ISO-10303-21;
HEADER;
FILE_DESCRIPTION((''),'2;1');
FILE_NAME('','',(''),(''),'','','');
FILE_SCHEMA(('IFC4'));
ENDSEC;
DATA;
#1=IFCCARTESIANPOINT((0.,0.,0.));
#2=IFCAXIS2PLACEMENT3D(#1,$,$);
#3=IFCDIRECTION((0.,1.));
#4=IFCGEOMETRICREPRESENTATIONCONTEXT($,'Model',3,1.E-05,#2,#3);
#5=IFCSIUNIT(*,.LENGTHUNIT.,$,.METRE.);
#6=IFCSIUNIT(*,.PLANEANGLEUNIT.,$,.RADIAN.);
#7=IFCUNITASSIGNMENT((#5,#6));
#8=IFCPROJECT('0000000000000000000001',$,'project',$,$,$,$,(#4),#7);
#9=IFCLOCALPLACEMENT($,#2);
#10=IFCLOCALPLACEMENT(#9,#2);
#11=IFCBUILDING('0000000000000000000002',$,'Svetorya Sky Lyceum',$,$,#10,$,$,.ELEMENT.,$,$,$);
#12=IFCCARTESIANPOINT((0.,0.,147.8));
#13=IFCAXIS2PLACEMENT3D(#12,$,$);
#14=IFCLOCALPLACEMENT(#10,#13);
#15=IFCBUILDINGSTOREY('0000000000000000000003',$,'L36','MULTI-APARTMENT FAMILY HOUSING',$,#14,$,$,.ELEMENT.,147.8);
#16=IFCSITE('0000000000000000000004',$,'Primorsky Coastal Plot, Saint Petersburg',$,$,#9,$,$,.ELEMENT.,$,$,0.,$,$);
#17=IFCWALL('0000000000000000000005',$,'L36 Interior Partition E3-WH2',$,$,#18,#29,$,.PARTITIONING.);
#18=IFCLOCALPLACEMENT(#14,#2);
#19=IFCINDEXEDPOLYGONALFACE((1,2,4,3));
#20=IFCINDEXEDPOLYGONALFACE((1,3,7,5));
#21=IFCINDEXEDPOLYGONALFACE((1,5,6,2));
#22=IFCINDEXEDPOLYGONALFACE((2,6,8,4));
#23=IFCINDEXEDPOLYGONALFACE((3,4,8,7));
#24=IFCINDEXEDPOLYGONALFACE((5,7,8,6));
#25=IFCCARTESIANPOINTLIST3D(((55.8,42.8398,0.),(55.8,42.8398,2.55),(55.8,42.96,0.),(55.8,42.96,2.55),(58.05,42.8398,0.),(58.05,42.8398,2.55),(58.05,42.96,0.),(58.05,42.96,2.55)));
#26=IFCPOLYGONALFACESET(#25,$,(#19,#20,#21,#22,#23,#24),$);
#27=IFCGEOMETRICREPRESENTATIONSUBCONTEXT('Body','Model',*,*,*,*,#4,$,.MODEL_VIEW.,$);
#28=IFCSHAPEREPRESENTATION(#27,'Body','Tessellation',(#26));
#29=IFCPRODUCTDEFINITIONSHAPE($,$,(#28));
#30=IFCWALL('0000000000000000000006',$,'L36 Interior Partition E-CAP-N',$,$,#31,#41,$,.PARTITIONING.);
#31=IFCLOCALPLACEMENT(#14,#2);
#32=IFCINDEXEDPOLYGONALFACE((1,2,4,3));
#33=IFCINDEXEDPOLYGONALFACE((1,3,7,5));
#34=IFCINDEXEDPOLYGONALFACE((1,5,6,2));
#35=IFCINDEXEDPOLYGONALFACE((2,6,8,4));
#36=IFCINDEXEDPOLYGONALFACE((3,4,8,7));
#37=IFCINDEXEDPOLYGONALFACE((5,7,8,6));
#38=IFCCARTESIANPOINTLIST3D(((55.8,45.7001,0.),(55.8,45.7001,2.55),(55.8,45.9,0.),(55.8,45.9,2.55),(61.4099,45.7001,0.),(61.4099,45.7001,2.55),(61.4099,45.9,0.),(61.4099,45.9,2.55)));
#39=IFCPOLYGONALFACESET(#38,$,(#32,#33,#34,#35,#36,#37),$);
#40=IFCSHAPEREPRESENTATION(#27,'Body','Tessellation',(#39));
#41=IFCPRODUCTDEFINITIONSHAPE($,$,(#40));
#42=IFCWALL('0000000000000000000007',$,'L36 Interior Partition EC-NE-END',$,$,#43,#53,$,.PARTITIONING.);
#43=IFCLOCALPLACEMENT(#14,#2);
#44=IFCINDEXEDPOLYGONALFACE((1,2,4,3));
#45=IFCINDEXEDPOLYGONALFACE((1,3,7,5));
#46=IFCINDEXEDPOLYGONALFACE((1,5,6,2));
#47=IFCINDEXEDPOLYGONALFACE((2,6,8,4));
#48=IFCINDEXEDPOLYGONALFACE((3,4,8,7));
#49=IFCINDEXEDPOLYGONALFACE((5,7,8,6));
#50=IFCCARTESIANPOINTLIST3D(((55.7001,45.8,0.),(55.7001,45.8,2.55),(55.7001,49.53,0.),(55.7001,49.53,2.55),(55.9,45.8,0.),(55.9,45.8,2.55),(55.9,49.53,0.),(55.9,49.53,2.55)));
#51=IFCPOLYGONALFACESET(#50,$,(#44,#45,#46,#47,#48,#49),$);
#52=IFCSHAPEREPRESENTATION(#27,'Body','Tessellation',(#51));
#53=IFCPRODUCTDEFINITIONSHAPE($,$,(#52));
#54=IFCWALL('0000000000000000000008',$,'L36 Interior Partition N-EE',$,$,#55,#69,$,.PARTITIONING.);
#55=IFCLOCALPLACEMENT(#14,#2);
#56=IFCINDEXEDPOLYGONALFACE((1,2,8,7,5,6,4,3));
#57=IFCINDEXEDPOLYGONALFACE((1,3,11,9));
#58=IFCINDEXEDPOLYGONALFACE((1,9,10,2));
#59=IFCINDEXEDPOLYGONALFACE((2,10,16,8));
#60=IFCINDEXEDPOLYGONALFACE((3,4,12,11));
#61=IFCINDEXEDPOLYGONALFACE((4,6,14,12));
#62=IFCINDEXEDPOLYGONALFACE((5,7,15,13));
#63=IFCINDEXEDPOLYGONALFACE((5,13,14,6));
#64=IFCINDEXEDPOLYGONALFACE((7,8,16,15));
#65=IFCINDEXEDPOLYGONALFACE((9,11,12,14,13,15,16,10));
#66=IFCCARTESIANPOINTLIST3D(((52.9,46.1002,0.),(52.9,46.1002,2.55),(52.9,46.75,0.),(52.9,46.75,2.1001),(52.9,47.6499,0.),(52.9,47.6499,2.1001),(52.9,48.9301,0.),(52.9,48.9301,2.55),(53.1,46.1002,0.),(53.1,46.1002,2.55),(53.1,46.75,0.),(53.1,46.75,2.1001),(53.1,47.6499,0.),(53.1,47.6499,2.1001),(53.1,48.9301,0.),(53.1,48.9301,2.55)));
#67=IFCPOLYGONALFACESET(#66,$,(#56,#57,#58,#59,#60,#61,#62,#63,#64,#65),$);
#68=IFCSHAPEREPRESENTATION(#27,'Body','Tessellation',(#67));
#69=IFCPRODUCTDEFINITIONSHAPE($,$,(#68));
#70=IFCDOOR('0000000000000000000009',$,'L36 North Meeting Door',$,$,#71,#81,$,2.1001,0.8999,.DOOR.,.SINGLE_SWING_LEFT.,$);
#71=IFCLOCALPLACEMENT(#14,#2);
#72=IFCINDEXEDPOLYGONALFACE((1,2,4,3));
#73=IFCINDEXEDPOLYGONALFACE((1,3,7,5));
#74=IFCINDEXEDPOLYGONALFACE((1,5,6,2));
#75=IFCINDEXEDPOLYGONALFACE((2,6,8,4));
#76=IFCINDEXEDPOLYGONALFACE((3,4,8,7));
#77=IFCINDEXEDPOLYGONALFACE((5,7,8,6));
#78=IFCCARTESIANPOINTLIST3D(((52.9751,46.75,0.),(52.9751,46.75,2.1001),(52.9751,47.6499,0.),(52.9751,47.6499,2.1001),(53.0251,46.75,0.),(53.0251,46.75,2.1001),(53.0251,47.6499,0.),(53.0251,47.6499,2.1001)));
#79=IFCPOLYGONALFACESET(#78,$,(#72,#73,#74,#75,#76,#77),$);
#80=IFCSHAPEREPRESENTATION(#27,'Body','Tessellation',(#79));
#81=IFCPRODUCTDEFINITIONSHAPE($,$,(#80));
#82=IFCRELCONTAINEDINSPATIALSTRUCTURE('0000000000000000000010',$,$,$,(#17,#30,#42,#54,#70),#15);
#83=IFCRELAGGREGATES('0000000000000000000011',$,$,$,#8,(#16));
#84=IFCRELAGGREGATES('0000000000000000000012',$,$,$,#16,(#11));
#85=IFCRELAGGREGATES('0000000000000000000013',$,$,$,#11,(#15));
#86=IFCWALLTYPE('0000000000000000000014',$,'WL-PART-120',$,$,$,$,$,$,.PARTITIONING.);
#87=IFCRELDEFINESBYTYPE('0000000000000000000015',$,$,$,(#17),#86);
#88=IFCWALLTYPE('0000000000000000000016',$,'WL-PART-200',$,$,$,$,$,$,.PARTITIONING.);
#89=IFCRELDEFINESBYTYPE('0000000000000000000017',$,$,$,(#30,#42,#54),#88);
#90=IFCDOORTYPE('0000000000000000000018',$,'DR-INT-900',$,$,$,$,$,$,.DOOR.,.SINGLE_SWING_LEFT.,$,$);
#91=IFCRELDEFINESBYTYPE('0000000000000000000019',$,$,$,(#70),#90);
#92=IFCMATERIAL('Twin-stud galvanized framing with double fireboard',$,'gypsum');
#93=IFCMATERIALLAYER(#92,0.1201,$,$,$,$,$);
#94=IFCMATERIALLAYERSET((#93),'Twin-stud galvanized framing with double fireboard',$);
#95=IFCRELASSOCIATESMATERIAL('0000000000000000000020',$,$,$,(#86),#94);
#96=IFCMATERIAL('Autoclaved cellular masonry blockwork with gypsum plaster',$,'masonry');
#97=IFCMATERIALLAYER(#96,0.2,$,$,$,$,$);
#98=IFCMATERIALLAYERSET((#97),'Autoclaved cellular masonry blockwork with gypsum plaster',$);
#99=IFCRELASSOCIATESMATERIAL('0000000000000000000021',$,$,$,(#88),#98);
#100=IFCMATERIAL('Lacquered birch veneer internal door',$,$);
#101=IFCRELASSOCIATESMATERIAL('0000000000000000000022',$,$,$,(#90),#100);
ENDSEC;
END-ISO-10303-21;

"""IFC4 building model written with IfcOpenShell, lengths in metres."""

from ifc_helpers import new_model, si_unit, direction, frame, frame_2d, origin, place, context, subcontext, project, spatial, rectangle, extrude, material, layer, layer_set, type_object, element, fill, save


model = new_model("IFC4")

# Units and contexts
model_context = context("Model", 3, precision=1e-05, world=origin(), true_north=direction((0.0, 1.0)))
body_context = subcontext(model_context, "Body", "Model", "MODEL_VIEW")
ifc_project = project(units=[si_unit("LENGTHUNIT", "METRE"), si_unit("PLANEANGLEUNIT", "RADIAN")], contexts=[model_context])

# Site, building, storey
site_placement = place(None, origin())
site = spatial("IfcSite", under=ifc_project, at=site_placement, Name="Primorsky Coastal Plot, Saint Petersburg", CompositionType="ELEMENT", RefElevation=0.0)
building_placement = place(site_placement, origin())
building = spatial("IfcBuilding", under=site, at=building_placement, Name="Svetorya Sky Lyceum", CompositionType="ELEMENT")
storey_placement = place(building_placement, frame((0.0, 0.0, 147.8)))
storey = spatial("IfcBuildingStorey", under=building, at=storey_placement, Name="L36", Description="MULTI-APARTMENT FAMILY HOUSING", CompositionType="ELEMENT", Elevation=147.8)

# Walls
ifc_material_1 = material(Name="Twin-stud galvanized framing with double fireboard", Category="gypsum")
ifc_layer_1 = layer(ifc_material_1, 0.1201)
ifc_layer_set_1 = layer_set([ifc_layer_1], Name="Twin-stud galvanized framing with double fireboard")
wall_type_1 = type_object("IfcWallType", Name="WL-PART-120", PredefinedType="PARTITIONING", material=ifc_layer_set_1)
wall_1_placement = place(storey_placement, frame((55.8, 42.8999, 0.0), z_axis=(0.0, 0.0, 1.0), x_axis=(1.0, 0.0, 0.0)))
element("IfcWall", 1, at=wall_1_placement, inside=storey, type_object=wall_type_1, Name="L36 Interior Partition E3-WH2", PredefinedType="PARTITIONING", context=body_context, shape_type="SweptSolid", body=[
    extrude(rectangle(XDim=2.25, YDim=0.1201, at=frame_2d((1.125, 0.0))), origin(), (0.0, 0.0, 1.0), 2.55),
])
ifc_material_2 = material(Name="Autoclaved cellular masonry blockwork with gypsum plaster", Category="masonry")
ifc_layer_2 = layer(ifc_material_2, 0.2)
ifc_layer_set_2 = layer_set([ifc_layer_2], Name="Autoclaved cellular masonry blockwork with gypsum plaster")
wall_type_2 = type_object("IfcWallType", Name="WL-PART-200", PredefinedType="PARTITIONING", material=ifc_layer_set_2)
wall_2_placement = place(storey_placement, frame((55.8, 45.8, 0.0), z_axis=(0.0, 0.0, 1.0), x_axis=(1.0, 0.0, 0.0)))
element("IfcWall", 2, at=wall_2_placement, inside=storey, type_object=wall_type_2, Name="L36 Interior Partition E-CAP-N", PredefinedType="PARTITIONING", context=body_context, shape_type="SweptSolid", body=[
    extrude(rectangle(XDim=5.6099, YDim=0.2, at=frame_2d((2.8049, 0.0))), origin(), (0.0, 0.0, 1.0), 2.55),
])
wall_3_placement = place(storey_placement, frame((55.8, 45.8, 0.0), z_axis=(0.0, 0.0, 1.0), x_axis=(0.0, 1.0, 0.0)))
element("IfcWall", 3, at=wall_3_placement, inside=storey, type_object=wall_type_2, Name="L36 Interior Partition EC-NE-END", PredefinedType="PARTITIONING", context=body_context, shape_type="SweptSolid", body=[
    extrude(rectangle(XDim=3.73, YDim=0.2, at=frame_2d((1.865, 0.0))), origin(), (0.0, 0.0, 1.0), 2.55),
])

# Wall, opening, door
wall_4_placement = place(storey_placement, frame((53.0, 46.1001, 0.0), z_axis=(0.0, 0.0, 1.0), x_axis=(0.0, 1.0, 0.0)))
wall_4 = element("IfcWall", 4, at=wall_4_placement, inside=storey, type_object=wall_type_2, Name="L36 Interior Partition N-EE", PredefinedType="PARTITIONING", context=body_context, shape_type="SweptSolid", body=[
    extrude(rectangle(XDim=2.8298, YDim=0.2, at=frame_2d((1.415, 0.0))), origin(), (0.0, 0.0, 1.0), 2.55),
])
opening_1_placement = place(wall_4_placement, frame((0.6499, 0.0, 0.0)))
opening_1 = element("IfcOpeningElement", 5, at=opening_1_placement, cuts=wall_4, PredefinedType="OPENING", context=body_context, shape_type="SweptSolid", body=[
    extrude(rectangle(XDim=0.8999, YDim=2.1001, at=frame_2d((0.45, 1.05))), frame((0.0, 0.1099, 0.0), z_axis=(0.0, -1.0, 0.0), x_axis=(1.0, 0.0, 0.0)), (0.0, 0.0, 1.0), 0.22),
])
ifc_material_3 = material(Name="Lacquered birch veneer internal door")
door_type = type_object("IfcDoorType", Name="DR-INT-900", OperationType="SINGLE_SWING_LEFT", PredefinedType="DOOR", material=ifc_material_3)
door_placement = place(opening_1_placement, origin())
door = element("IfcDoor", 6, at=door_placement, inside=storey, type_object=door_type, Name="L36 North Meeting Door", OperationType="SINGLE_SWING_LEFT", OverallHeight=2.1001, OverallWidth=0.8999, PredefinedType="DOOR", context=body_context, shape_type="SweptSolid", body=[
    extrude(rectangle(XDim=0.8999, YDim=2.1001, at=frame_2d((0.45, 1.05))), frame((0.0, 0.0249, 0.0), z_axis=(0.0, -1.0, 0.0), x_axis=(1.0, 0.0, 0.0)), (0.0, 0.0, 1.0), 0.05),
])
fill(opening_1, door)

save(model, "model.ifc")
